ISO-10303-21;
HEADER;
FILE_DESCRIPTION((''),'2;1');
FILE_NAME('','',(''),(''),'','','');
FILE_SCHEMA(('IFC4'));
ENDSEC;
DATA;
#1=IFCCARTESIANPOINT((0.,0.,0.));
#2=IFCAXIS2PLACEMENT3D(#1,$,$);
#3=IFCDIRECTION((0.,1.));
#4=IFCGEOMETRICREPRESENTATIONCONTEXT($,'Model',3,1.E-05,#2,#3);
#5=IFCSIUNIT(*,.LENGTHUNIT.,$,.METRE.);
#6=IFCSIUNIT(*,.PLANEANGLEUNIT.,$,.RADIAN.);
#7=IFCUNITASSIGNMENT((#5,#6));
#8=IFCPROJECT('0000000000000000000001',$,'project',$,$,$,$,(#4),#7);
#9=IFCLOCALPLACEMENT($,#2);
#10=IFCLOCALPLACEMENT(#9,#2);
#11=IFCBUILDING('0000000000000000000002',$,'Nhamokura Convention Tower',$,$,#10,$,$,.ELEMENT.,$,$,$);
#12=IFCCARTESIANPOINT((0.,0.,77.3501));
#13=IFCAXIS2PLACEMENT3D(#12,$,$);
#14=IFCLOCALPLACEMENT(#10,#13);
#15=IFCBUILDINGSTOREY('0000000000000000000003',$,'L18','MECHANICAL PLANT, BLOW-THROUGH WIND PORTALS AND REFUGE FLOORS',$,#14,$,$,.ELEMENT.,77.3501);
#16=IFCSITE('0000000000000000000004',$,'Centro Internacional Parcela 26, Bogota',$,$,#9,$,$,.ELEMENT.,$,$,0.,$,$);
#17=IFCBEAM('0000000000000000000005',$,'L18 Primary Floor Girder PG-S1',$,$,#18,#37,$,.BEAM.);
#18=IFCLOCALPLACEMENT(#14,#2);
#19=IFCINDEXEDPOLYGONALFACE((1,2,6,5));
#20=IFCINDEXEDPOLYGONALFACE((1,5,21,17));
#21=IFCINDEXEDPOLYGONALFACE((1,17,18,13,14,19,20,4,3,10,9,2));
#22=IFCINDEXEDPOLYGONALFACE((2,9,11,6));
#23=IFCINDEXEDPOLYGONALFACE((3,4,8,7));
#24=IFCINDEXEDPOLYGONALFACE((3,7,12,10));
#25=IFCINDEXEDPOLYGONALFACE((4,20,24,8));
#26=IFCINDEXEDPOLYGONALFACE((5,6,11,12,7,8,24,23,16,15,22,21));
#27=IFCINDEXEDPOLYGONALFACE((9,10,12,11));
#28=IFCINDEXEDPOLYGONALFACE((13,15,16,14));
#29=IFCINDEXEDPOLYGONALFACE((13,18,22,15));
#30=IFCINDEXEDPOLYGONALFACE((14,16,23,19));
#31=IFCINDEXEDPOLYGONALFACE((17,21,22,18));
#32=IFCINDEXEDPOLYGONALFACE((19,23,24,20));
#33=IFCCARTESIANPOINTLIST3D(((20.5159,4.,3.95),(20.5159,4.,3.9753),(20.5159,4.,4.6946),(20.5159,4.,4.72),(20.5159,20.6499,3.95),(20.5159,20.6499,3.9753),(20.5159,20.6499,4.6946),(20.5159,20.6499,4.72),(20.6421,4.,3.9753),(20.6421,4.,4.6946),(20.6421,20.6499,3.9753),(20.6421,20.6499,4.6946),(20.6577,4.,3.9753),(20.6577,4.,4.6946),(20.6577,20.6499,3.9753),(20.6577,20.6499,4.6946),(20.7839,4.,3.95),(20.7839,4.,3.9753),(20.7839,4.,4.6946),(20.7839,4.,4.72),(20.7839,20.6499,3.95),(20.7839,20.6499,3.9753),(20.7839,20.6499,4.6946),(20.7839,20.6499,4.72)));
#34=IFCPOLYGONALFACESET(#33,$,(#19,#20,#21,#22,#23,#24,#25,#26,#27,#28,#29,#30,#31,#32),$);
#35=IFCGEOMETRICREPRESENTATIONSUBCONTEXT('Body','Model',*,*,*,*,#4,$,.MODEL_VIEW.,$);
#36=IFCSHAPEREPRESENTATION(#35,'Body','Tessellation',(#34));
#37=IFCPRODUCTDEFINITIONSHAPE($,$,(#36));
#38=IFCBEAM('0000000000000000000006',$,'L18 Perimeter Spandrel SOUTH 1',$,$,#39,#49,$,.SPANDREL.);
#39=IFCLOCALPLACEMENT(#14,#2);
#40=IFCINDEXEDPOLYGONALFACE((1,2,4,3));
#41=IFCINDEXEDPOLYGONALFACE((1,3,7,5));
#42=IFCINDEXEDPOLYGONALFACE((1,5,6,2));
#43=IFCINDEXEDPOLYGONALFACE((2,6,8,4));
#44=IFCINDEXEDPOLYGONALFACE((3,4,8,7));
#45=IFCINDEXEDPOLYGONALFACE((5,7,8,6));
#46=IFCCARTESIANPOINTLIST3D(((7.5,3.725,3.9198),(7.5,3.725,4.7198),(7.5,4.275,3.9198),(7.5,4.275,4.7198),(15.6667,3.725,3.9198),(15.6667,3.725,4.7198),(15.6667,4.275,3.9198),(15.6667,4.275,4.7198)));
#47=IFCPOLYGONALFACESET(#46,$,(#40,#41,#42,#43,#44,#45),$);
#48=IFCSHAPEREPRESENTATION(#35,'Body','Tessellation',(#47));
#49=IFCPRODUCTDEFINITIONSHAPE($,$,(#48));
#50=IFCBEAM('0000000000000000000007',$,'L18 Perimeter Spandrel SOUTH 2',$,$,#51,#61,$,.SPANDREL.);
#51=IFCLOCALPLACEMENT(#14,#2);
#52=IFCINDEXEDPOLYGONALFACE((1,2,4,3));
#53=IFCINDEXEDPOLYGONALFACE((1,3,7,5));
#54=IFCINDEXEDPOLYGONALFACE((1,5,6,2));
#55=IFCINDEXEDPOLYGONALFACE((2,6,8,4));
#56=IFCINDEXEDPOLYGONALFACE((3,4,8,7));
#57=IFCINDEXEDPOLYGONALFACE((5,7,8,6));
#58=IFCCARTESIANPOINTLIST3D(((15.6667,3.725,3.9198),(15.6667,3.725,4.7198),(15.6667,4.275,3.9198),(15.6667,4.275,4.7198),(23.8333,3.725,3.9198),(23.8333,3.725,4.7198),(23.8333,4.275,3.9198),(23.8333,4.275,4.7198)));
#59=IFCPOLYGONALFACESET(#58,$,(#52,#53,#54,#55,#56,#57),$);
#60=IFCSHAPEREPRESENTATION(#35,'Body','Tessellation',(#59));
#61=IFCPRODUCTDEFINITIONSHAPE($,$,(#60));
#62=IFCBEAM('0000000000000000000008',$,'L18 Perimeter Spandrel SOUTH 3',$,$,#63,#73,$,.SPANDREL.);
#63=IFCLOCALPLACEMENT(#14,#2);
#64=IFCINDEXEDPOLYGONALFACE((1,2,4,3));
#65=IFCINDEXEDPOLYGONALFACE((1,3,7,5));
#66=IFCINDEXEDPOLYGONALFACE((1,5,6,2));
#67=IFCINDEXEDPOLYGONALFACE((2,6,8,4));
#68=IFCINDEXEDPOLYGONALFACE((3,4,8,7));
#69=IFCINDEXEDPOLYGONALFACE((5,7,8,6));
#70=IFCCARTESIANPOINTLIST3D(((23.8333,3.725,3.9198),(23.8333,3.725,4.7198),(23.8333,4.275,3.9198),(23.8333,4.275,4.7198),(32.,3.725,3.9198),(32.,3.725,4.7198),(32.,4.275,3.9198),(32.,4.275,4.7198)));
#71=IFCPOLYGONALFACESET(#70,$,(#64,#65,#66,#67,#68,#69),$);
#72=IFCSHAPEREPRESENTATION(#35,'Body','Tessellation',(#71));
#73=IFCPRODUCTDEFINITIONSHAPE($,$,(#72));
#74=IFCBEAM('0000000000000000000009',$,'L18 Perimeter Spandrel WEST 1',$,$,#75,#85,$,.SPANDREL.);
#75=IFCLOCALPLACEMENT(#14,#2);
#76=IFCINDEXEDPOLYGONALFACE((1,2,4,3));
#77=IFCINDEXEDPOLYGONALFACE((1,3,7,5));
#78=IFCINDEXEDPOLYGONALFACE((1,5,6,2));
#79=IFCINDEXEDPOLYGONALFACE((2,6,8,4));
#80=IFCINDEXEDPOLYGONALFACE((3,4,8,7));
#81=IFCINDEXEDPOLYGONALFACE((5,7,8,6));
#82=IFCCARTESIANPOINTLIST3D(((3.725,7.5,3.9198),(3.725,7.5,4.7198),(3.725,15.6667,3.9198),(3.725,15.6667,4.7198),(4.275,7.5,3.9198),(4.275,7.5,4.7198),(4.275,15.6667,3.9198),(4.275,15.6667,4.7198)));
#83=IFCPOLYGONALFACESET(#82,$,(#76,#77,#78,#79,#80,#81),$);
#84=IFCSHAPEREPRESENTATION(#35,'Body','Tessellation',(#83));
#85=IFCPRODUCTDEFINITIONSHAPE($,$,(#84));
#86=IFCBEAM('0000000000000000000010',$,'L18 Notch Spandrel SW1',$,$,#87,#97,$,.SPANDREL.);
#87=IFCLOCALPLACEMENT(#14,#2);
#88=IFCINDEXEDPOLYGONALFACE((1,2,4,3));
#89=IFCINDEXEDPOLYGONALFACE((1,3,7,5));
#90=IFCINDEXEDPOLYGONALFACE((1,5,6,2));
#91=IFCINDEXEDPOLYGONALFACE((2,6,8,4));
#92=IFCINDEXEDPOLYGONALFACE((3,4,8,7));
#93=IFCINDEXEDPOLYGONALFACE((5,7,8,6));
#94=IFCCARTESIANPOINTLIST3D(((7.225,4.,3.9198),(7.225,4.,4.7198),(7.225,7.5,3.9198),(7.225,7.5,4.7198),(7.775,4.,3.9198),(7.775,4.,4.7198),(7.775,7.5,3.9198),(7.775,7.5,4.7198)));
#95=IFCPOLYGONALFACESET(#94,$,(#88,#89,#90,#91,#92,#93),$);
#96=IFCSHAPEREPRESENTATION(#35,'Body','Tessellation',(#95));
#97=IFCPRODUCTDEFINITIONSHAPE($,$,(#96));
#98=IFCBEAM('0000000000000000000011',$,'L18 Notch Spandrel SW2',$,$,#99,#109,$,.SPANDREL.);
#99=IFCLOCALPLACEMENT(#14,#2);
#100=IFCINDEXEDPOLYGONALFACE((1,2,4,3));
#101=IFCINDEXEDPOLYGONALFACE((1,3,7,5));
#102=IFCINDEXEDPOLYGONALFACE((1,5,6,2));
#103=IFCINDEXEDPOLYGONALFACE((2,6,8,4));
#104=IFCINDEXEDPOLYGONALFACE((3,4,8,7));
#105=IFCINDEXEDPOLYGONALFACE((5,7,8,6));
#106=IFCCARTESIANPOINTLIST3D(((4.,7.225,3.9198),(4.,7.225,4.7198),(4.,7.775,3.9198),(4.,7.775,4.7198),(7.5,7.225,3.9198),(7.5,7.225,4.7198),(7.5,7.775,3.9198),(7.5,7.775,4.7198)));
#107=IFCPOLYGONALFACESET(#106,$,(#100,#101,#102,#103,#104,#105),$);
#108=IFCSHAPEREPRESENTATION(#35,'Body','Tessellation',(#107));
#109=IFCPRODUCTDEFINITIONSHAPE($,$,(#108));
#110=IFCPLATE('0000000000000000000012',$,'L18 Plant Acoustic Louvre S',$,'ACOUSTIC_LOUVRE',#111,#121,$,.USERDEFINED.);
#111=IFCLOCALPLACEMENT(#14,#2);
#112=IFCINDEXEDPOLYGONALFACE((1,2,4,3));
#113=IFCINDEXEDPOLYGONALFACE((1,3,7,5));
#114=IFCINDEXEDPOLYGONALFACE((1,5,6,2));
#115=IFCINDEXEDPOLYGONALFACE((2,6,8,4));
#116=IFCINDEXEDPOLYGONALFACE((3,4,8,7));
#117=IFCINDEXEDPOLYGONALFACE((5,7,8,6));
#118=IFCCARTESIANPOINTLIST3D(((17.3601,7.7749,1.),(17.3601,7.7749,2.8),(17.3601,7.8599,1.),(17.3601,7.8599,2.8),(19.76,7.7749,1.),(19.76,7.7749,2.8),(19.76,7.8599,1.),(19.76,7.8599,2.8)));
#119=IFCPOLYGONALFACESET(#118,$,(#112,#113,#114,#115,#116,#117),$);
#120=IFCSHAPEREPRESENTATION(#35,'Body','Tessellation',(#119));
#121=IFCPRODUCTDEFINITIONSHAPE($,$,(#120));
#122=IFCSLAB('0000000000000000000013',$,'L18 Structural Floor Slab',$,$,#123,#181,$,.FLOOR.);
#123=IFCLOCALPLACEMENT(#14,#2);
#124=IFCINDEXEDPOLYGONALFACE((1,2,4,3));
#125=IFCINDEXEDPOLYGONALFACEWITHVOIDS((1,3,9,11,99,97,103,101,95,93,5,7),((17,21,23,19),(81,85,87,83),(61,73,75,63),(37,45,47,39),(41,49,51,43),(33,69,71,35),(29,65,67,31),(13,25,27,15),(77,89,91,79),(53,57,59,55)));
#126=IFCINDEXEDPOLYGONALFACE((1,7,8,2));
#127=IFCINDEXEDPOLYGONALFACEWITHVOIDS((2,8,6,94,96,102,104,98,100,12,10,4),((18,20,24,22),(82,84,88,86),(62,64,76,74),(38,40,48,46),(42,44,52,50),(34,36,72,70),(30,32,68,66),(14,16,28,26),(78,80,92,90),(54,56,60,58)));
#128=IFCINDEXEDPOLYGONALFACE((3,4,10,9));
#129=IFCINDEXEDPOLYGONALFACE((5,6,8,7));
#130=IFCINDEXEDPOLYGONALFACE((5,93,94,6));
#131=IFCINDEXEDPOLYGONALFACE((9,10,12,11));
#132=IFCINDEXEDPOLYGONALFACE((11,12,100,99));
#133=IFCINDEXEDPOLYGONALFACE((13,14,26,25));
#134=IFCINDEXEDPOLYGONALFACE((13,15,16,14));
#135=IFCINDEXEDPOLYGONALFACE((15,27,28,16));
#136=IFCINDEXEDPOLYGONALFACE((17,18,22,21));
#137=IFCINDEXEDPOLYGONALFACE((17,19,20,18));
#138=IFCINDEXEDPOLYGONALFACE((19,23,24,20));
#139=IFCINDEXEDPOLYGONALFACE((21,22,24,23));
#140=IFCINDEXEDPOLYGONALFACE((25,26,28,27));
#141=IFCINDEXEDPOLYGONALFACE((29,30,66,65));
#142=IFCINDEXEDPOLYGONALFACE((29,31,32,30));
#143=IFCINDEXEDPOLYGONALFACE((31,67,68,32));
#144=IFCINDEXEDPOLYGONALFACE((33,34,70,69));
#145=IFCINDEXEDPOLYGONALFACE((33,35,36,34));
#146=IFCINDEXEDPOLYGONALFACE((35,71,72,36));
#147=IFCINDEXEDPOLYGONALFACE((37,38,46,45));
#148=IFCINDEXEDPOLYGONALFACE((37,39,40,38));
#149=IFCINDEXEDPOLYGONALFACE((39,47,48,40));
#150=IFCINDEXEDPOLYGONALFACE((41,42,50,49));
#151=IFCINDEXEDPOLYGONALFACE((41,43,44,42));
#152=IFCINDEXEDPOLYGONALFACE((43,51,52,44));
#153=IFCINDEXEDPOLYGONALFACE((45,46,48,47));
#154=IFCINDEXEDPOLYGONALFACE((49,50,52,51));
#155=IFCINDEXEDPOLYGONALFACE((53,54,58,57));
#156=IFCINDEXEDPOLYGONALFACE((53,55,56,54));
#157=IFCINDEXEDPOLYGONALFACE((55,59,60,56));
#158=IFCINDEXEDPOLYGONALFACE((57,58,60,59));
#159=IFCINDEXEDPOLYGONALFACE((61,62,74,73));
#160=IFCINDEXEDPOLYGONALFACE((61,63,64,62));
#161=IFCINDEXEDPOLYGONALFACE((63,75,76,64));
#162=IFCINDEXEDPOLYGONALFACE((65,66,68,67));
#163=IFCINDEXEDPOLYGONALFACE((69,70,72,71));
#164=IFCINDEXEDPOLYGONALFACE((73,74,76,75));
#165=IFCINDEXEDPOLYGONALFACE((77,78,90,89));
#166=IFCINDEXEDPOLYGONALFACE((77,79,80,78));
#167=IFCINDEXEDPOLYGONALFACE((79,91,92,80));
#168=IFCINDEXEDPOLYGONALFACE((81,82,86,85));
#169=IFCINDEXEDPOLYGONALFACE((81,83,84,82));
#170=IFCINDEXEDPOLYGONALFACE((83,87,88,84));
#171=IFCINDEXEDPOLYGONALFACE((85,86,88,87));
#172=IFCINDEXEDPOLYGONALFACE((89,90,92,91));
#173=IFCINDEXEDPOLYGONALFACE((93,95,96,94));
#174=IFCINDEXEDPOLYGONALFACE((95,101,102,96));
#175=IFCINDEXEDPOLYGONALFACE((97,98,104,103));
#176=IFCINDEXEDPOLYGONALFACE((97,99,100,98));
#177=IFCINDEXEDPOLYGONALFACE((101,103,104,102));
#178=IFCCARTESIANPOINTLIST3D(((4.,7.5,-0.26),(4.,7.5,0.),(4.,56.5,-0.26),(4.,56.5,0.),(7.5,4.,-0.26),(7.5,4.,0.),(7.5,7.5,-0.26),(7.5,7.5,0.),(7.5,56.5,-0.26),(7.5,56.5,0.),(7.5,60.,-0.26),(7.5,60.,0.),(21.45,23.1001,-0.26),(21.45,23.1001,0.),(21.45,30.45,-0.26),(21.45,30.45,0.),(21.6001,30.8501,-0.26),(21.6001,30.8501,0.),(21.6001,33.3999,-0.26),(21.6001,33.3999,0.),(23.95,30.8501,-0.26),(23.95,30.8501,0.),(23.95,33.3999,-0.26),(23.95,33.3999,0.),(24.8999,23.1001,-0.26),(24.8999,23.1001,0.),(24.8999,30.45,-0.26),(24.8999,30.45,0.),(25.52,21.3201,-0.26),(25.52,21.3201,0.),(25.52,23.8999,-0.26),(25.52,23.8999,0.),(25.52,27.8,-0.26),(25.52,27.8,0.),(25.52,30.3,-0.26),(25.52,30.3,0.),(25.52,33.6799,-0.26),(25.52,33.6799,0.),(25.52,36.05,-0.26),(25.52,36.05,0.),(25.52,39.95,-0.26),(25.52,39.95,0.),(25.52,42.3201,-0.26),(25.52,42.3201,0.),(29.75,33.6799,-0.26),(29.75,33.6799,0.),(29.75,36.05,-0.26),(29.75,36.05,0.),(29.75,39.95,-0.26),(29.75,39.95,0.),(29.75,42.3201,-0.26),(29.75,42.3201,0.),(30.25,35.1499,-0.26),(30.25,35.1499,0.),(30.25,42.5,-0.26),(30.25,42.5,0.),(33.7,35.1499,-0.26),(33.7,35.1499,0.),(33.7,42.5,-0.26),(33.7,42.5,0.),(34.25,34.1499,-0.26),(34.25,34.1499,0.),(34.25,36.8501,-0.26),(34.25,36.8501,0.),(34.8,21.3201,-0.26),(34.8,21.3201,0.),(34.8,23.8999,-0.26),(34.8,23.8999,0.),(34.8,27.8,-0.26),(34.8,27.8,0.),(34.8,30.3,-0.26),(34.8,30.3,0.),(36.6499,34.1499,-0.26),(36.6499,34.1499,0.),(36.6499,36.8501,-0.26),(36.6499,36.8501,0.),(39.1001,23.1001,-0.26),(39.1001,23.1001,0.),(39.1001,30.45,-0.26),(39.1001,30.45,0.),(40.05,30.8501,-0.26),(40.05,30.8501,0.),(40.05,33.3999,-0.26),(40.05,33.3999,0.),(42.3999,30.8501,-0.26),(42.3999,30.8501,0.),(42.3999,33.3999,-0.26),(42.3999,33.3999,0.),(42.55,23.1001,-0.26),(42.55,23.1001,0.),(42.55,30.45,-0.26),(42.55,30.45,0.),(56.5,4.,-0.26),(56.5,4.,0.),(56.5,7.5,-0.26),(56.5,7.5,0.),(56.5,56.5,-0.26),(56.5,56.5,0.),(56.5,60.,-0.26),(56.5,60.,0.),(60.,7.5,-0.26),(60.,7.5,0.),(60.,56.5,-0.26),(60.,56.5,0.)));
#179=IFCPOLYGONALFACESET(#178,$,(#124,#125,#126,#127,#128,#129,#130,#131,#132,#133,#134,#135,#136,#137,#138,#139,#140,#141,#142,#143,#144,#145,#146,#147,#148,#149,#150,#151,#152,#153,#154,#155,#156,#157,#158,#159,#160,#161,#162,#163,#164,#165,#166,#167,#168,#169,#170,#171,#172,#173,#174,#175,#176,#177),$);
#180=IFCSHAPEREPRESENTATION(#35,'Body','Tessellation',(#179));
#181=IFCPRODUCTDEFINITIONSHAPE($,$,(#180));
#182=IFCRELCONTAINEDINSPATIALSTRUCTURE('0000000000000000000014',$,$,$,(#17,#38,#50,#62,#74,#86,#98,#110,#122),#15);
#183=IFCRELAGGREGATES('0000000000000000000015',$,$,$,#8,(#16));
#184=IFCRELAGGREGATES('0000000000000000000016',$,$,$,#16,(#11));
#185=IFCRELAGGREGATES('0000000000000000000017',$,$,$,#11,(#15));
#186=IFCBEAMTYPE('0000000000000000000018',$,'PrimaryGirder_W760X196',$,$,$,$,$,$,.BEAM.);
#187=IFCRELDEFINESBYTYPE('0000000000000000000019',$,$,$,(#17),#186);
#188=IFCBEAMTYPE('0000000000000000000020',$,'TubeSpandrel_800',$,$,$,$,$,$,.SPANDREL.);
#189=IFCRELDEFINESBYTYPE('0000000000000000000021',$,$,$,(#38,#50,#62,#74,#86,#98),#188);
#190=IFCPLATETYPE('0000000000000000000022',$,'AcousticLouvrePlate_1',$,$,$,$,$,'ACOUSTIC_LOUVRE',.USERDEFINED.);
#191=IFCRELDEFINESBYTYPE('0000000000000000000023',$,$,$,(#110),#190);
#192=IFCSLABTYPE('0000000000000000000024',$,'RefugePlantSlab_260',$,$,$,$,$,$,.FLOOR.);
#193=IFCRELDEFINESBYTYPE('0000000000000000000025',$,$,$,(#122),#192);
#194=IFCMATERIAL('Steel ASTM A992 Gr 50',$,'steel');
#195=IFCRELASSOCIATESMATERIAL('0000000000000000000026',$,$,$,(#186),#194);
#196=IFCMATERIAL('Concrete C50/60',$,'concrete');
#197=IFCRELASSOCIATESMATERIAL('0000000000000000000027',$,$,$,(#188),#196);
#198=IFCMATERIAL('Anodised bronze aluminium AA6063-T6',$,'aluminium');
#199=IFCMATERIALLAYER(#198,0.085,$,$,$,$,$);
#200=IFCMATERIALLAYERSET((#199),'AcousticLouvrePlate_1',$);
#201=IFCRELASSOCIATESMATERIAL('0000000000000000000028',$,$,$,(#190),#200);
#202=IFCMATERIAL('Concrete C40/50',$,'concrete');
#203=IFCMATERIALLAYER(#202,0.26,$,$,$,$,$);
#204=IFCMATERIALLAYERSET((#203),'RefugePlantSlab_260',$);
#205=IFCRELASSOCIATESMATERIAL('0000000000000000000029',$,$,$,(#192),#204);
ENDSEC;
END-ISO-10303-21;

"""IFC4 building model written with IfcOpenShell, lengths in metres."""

from ifc_helpers import new_model, si_unit, direction, frame, origin, origin_2d, place, context, subcontext, project, spatial, polyline, rectangle, i_section, outline, extrude, material, layer, layer_set, material_profile, profile_set, type_object, element, save


model = new_model("IFC4")

# Units and contexts
model_context = context("Model", 3, precision=1e-05, world=origin(), true_north=direction((0.0, 1.0)))
body_context = subcontext(model_context, "Body", "Model", "MODEL_VIEW")
ifc_project = project(units=[si_unit("LENGTHUNIT", "METRE"), si_unit("PLANEANGLEUNIT", "RADIAN")], contexts=[model_context])

# Site, building, storey
site_placement = place(None, origin())
site = spatial("IfcSite", under=ifc_project, at=site_placement, Name="Centro Internacional Parcela 26, Bogota", CompositionType="ELEMENT", RefElevation=0.0)
building_placement = place(site_placement, origin())
building = spatial("IfcBuilding", under=site, at=building_placement, Name="Nhamokura Convention Tower", CompositionType="ELEMENT")
storey_placement = place(building_placement, frame((0.0, 0.0, 77.3501)))
storey = spatial("IfcBuildingStorey", under=building, at=storey_placement, Name="L18", Description="MECHANICAL PLANT, BLOW-THROUGH WIND PORTALS AND REFUGE FLOORS", CompositionType="ELEMENT", Elevation=77.3501)

# Beams
ifc_material_1 = material(Name="Steel ASTM A992 Gr 50", Category="steel")
ifc_material_profile_1 = material_profile(ifc_material_1, i_section(OverallWidth=0.2681, OverallDepth=0.77, WebThickness=0.0156, FlangeThickness=0.0254, at=origin_2d()))
ifc_profile_set_1 = profile_set([ifc_material_profile_1], Name="Steel ASTM A992 Gr 50")
beam_type_1 = type_object("IfcBeamType", Name="PrimaryGirder_W760X196", PredefinedType="BEAM", material=ifc_profile_set_1)
beam_1_placement = place(storey_placement, frame((20.6499, 4.0, 4.335), z_axis=(0.0, 1.0, 0.0), x_axis=(-1.0, 0.0, 0.0)))
element("IfcBeam", 1, at=beam_1_placement, inside=storey, type_object=beam_type_1, Name="L18 Primary Floor Girder PG-S1", PredefinedType="BEAM", context=body_context, shape_type="SweptSolid", body=[
    extrude(i_section(OverallWidth=0.2681, OverallDepth=0.77, WebThickness=0.0156, FlangeThickness=0.0254, at=origin_2d()), origin(), (0.0, 0.0, 1.0), 16.6499),
])
ifc_material_2 = material(Name="Concrete C50/60", Category="concrete")
ifc_material_profile_2 = material_profile(ifc_material_2, rectangle(XDim=0.55, YDim=0.8, at=origin_2d()))
ifc_profile_set_2 = profile_set([ifc_material_profile_2], Name="Concrete C50/60")
beam_type_2 = type_object("IfcBeamType", Name="TubeSpandrel_800", PredefinedType="SPANDREL", material=ifc_profile_set_2)
beam_2_placement = place(storey_placement, frame((7.5, 4.0, 4.3198), z_axis=(1.0, 0.0, 0.0), x_axis=(0.0, 1.0, 0.0)))
element("IfcBeam", 2, at=beam_2_placement, inside=storey, type_object=beam_type_2, Name="L18 Perimeter Spandrel SOUTH 1", PredefinedType="SPANDREL", context=body_context, shape_type="SweptSolid", body=[
    extrude(rectangle(XDim=0.55, YDim=0.8, at=origin_2d()), origin(), (0.0, 0.0, 1.0), 8.1667),
])
beam_3_placement = place(storey_placement, frame((15.6667, 4.0, 4.3198), z_axis=(1.0, 0.0, 0.0), x_axis=(0.0, 1.0, 0.0)))
element("IfcBeam", 3, at=beam_3_placement, inside=storey, type_object=beam_type_2, Name="L18 Perimeter Spandrel SOUTH 2", PredefinedType="SPANDREL", context=body_context, shape_type="SweptSolid", body=[
    extrude(rectangle(XDim=0.55, YDim=0.8, at=origin_2d()), origin(), (0.0, 0.0, 1.0), 8.1665),
])
for number, where, z_axis, x_axis, name in (
    (4, (23.8333, 4.0, 4.3198), (1.0, 0.0, 0.0), (0.0, 1.0, 0.0), "L18 Perimeter Spandrel SOUTH 3"),
    (5, (4.0, 7.5, 4.3198), (0.0, 1.0, 0.0), (-1.0, 0.0, 0.0), "L18 Perimeter Spandrel WEST 1"),
):
    element("IfcBeam", number, at=place(storey_placement, frame(where, z_axis=z_axis, x_axis=x_axis)), inside=storey, type_object=beam_type_2, Name=name, PredefinedType="SPANDREL", context=body_context, shape_type="SweptSolid", body=[
        extrude(rectangle(XDim=0.55, YDim=0.8, at=origin_2d()), origin(), (0.0, 0.0, 1.0), 8.1667),
    ])
for number, where, z_axis, x_axis, name in (
    (6, (7.5, 4.0, 4.3198), (0.0, 1.0, 0.0), (-1.0, 0.0, 0.0), "L18 Notch Spandrel SW1"),
    (7, (7.5, 7.5, 4.3198), (-1.0, 0.0, 0.0), (0.0, -1.0, 0.0), "L18 Notch Spandrel SW2"),
):
    element("IfcBeam", number, at=place(storey_placement, frame(where, z_axis=z_axis, x_axis=x_axis)), inside=storey, type_object=beam_type_2, Name=name, PredefinedType="SPANDREL", context=body_context, shape_type="SweptSolid", body=[
        extrude(rectangle(XDim=0.55, YDim=0.8, at=origin_2d()), origin(), (0.0, 0.0, 1.0), 3.5),
    ])

# Plate
ifc_material_3 = material(Name="Anodised bronze aluminium AA6063-T6", Category="aluminium")
ifc_layer_1 = layer(ifc_material_3, 0.085)
ifc_layer_set_1 = layer_set([ifc_layer_1], Name="AcousticLouvrePlate_1")
plate_type = type_object("IfcPlateType", Name="AcousticLouvrePlate_1", ElementType="ACOUSTIC_LOUVRE", PredefinedType="USERDEFINED", material=ifc_layer_set_1)
plate_placement = place(storey_placement, frame((18.5601, 7.8174, 1.0), z_axis=(0.0, 0.0, 1.0), x_axis=(-1.0, 0.0, 0.0)))
element("IfcPlate", 8, at=plate_placement, inside=storey, type_object=plate_type, Name="L18 Plant Acoustic Louvre S", ObjectType="ACOUSTIC_LOUVRE", PredefinedType="USERDEFINED", context=body_context, shape_type="SweptSolid", body=[
    extrude(rectangle(XDim=2.3999, YDim=0.085, at=origin_2d()), origin(), (0.0, 0.0, 1.0), 1.8),
])

# Slab
ifc_material_4 = material(Name="Concrete C40/50", Category="concrete")
ifc_layer_2 = layer(ifc_material_4, 0.26)
ifc_layer_set_2 = layer_set([ifc_layer_2], Name="RefugePlantSlab_260")
slab_type_1 = type_object("IfcSlabType", Name="RefugePlantSlab_260", PredefinedType="FLOOR", material=ifc_layer_set_2)
slab_1_placement = place(storey_placement, frame((0.0, 0.0, -0.26)))
element("IfcSlab", 9, at=slab_1_placement, inside=storey, type_object=slab_type_1, Name="L18 Structural Floor Slab", PredefinedType="FLOOR", context=body_context, shape_type="SweptSolid", body=[
    extrude(outline(polyline([(7.5, 4.0), (56.5, 4.0), (56.5, 7.5), (60.0, 7.5), (60.0, 56.5), (56.5, 56.5), (56.5, 60.0), (7.5, 60.0), (7.5, 56.5), (4.0, 56.5), (4.0, 7.5), (7.5, 7.5), (7.5, 4.0)]), holes=[polyline([(24.8999, 23.1001), (24.8999, 30.45), (21.45, 30.45), (21.45, 23.1001), (24.8999, 23.1001)]), polyline([(42.55, 23.1001), (42.55, 30.45), (39.1001, 30.45), (39.1001, 23.1001), (42.55, 23.1001)]), polyline([(33.7, 35.1499), (33.7, 42.5), (30.25, 42.5), (30.25, 35.1499), (33.7, 35.1499)]), polyline([(21.6001, 30.8501), (23.95, 30.8501), (23.95, 33.3999), (21.6001, 33.3999), (21.6001, 30.8501)]), polyline([(40.05, 30.8501), (42.3999, 30.8501), (42.3999, 33.3999), (40.05, 33.3999), (40.05, 30.8501)]), polyline([(34.25, 34.1499), (36.6499, 34.1499), (36.6499, 36.8501), (34.25, 36.8501), (34.25, 34.1499)]), polyline([(25.52, 21.3201), (34.8, 21.3201), (34.8, 23.8999), (25.52, 23.8999), (25.52, 21.3201)]), polyline([(25.52, 27.8), (34.8, 27.8), (34.8, 30.3), (25.52, 30.3), (25.52, 27.8)]), polyline([(25.52, 33.6799), (29.75, 33.6799), (29.75, 36.05), (25.52, 36.05), (25.52, 33.6799)]), polyline([(25.52, 39.95), (29.75, 39.95), (29.75, 42.3201), (25.52, 42.3201), (25.52, 39.95)])]), origin(), (0.0, 0.0, 1.0), 0.26),
])

save(model, "model.ifc")
